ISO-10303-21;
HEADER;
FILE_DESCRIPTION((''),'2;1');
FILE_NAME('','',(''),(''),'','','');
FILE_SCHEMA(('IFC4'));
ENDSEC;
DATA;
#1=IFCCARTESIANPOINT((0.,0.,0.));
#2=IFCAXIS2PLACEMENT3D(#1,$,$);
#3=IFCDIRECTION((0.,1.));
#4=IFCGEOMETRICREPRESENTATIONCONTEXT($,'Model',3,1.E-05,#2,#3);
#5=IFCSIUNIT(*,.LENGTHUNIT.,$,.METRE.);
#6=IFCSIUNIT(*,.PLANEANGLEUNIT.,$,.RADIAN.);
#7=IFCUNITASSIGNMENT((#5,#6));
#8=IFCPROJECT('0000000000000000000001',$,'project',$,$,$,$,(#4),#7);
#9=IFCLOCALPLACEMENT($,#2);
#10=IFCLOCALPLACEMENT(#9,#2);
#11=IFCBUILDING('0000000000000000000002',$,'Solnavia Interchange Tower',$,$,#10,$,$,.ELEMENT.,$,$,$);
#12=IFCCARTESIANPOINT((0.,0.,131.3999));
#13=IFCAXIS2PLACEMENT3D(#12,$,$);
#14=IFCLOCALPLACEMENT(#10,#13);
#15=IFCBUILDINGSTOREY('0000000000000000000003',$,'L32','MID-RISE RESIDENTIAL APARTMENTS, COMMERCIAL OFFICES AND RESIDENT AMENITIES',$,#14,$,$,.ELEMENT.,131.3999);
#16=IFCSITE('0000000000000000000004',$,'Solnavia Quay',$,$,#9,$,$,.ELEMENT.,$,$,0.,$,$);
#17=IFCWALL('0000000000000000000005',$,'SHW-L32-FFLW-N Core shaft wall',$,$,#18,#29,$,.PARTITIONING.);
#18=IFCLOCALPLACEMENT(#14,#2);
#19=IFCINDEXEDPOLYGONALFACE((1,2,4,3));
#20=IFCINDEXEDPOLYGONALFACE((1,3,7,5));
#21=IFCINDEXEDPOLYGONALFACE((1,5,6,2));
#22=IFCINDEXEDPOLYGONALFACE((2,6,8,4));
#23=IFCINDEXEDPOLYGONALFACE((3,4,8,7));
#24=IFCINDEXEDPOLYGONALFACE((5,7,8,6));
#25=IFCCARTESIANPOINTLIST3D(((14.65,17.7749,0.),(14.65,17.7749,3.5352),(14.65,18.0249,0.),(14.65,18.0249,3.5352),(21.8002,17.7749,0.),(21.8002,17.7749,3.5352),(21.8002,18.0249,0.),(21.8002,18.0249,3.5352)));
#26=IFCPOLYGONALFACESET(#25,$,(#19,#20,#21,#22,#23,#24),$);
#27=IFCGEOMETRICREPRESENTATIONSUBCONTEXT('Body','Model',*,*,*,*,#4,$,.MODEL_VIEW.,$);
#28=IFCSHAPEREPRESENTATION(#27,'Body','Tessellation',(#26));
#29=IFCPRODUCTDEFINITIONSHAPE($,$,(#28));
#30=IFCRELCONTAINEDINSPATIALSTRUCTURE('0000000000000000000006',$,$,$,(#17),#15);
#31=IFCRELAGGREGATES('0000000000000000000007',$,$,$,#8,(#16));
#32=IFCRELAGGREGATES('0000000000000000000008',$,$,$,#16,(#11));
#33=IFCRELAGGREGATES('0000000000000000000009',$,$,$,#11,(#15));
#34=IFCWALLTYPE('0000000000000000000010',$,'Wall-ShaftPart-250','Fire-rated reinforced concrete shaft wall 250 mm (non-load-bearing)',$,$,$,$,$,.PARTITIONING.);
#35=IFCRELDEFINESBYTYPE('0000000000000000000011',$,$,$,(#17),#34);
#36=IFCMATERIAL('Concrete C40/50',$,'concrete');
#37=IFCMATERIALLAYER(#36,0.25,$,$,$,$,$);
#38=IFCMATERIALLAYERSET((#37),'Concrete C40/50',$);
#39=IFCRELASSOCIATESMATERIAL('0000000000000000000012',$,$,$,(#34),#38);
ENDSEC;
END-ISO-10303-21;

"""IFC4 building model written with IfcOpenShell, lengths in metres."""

from ifc_helpers import new_model, si_unit, direction, frame, frame_2d, origin, place, context, subcontext, project, spatial, rectangle, extrude, material, layer, layer_set, type_object, element, save


model = new_model("IFC4")

# Units and contexts
model_context = context("Model", 3, precision=1e-05, world=origin(), true_north=direction((0.0, 1.0)))
body_context = subcontext(model_context, "Body", "Model", "MODEL_VIEW")
ifc_project = project(units=[si_unit("LENGTHUNIT", "METRE"), si_unit("PLANEANGLEUNIT", "RADIAN")], contexts=[model_context])

# Site, building, storey
site_placement = place(None, origin())
site = spatial("IfcSite", under=ifc_project, at=site_placement, Name="Solnavia Quay", CompositionType="ELEMENT", RefElevation=0.0)
building_placement = place(site_placement, origin())
building = spatial("IfcBuilding", under=site, at=building_placement, Name="Solnavia Interchange Tower", CompositionType="ELEMENT")
storey_placement = place(building_placement, frame((0.0, 0.0, 131.3999)))
storey = spatial("IfcBuildingStorey", under=building, at=storey_placement, Name="L32", Description="MID-RISE RESIDENTIAL APARTMENTS, COMMERCIAL OFFICES AND RESIDENT AMENITIES", CompositionType="ELEMENT", Elevation=131.3999)

# Shared definitions
ifc_material_1 = material(Name="Concrete C40/50", Category="concrete")

# Wall
ifc_layer_1 = layer(ifc_material_1, 0.25)
ifc_layer_set_1 = layer_set([ifc_layer_1], Name="Concrete C40/50")
wall_type_1 = type_object("IfcWallType", Name="Wall-ShaftPart-250", Description="Fire-rated reinforced concrete shaft wall 250 mm (non-load-bearing)", PredefinedType="PARTITIONING", material=ifc_layer_set_1)
wall_1_placement = place(storey_placement, frame((14.6499, 17.8999, 0.0), z_axis=(0.0, 0.0, 1.0), x_axis=(1.0, 0.0, 0.0)))
element("IfcWall", 1, at=wall_1_placement, inside=storey, type_object=wall_type_1, Name="SHW-L32-FFLW-N Core shaft wall", PredefinedType="PARTITIONING", context=body_context, shape_type="SweptSolid", body=[
    extrude(rectangle(XDim=7.1501, YDim=0.25, at=frame_2d((3.5752, 0.0))), origin(), (0.0, 0.0, 1.0), 3.5352),
])

save(model, "model.ifc")
